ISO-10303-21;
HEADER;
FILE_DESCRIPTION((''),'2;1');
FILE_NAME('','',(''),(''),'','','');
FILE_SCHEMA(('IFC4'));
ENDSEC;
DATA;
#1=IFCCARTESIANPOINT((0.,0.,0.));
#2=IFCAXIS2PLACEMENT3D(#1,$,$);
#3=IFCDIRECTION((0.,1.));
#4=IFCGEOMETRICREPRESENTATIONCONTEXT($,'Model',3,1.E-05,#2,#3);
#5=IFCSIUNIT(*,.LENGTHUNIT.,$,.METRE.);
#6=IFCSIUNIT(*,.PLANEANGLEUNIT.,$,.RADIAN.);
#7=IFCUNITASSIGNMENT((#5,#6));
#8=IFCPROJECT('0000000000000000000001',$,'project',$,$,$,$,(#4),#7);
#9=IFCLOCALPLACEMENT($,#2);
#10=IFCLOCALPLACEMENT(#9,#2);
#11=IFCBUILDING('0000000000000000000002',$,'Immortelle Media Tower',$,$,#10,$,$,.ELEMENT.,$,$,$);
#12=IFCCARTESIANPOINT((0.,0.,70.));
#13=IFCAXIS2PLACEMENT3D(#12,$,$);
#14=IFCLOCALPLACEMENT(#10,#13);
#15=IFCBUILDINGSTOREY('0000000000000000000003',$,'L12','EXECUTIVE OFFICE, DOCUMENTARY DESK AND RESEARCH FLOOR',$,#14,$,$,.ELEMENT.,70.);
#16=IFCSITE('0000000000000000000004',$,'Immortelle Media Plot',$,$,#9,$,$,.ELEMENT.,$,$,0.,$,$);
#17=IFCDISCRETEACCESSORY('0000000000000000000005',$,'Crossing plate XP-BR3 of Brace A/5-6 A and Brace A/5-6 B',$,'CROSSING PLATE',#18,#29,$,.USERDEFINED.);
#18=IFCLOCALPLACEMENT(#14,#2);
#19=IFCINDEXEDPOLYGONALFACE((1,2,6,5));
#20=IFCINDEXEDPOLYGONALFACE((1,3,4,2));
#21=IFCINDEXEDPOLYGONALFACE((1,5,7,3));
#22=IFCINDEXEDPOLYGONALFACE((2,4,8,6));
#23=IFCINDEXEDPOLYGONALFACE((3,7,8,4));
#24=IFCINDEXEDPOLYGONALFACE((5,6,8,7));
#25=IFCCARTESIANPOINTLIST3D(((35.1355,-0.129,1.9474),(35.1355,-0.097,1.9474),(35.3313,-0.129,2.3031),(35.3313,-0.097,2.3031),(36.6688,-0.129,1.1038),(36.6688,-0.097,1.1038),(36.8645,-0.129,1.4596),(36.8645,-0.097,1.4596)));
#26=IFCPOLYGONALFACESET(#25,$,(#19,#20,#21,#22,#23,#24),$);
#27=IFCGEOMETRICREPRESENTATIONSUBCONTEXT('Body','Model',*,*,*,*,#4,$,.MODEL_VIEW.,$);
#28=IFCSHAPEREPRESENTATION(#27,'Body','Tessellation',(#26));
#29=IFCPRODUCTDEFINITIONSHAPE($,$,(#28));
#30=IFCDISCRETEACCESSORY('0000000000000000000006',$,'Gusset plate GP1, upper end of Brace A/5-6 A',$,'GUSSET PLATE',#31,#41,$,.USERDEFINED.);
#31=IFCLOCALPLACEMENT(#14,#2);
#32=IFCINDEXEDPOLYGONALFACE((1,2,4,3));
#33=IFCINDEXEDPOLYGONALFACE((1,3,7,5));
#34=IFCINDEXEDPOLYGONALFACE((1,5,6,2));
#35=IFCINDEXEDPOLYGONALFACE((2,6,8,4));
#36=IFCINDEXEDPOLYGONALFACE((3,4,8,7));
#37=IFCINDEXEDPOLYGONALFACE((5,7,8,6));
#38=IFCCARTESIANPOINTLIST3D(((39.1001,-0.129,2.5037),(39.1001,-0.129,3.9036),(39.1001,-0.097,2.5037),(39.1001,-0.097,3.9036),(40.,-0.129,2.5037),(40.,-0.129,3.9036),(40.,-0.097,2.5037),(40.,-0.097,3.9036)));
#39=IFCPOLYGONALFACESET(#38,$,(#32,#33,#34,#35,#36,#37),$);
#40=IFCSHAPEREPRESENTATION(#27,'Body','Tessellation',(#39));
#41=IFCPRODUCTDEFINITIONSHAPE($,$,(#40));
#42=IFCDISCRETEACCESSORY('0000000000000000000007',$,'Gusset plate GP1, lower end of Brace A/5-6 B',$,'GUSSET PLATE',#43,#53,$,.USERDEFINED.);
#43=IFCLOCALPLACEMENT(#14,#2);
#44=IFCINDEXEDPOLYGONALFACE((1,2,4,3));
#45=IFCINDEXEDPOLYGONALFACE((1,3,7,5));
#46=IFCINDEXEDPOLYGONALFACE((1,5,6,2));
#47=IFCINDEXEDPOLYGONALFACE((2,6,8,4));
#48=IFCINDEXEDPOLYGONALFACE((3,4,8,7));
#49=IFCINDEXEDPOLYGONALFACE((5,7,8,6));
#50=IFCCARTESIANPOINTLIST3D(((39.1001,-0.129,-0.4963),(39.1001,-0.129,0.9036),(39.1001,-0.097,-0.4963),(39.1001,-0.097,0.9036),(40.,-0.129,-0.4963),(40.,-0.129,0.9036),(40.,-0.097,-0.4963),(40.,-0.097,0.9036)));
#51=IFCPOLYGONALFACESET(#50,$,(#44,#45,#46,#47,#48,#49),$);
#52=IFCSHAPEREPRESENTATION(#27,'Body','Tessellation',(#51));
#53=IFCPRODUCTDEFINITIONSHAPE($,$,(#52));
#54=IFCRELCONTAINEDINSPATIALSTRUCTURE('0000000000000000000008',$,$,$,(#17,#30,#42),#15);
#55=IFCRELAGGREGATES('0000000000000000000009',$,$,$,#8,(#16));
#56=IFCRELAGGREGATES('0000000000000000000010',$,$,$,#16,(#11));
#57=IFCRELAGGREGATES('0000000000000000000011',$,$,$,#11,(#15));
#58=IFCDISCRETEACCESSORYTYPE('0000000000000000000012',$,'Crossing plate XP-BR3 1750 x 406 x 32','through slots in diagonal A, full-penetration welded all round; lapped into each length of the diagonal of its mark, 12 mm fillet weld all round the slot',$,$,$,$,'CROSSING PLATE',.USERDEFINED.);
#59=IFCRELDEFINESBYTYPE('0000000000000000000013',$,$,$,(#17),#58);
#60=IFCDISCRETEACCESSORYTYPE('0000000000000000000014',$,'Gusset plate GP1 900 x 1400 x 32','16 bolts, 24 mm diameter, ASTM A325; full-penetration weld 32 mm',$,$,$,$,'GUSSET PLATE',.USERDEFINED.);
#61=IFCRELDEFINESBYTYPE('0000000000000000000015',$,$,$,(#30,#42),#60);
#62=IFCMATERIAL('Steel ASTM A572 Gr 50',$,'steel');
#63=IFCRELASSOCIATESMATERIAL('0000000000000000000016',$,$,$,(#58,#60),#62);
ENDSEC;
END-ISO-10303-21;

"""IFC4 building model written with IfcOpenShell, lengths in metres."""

from ifc_helpers import new_model, si_unit, direction, frame, origin, origin_2d, place, context, subcontext, project, spatial, rectangle, extrude, material, material_profile, profile_set, type_object, element, save


model = new_model("IFC4")

# Units and contexts
model_context = context("Model", 3, precision=1e-05, world=origin(), true_north=direction((0.0, 1.0)))
body_context = subcontext(model_context, "Body", "Model", "MODEL_VIEW")
ifc_project = project(units=[si_unit("LENGTHUNIT", "METRE"), si_unit("PLANEANGLEUNIT", "RADIAN")], contexts=[model_context])

# Site, building, storey
site_placement = place(None, origin())
site = spatial("IfcSite", under=ifc_project, at=site_placement, Name="Immortelle Media Plot", CompositionType="ELEMENT", RefElevation=0.0)
building_placement = place(site_placement, origin())
building = spatial("IfcBuilding", under=site, at=building_placement, Name="Immortelle Media Tower", CompositionType="ELEMENT")
storey_placement = place(building_placement, frame((0.0, 0.0, 70.0)))
storey = spatial("IfcBuildingStorey", under=building, at=storey_placement, Name="L12", Description="EXECUTIVE OFFICE, DOCUMENTARY DESK AND RESEARCH FLOOR", CompositionType="ELEMENT", Elevation=70.0)

# Discrete accessories
ifc_material_1 = material(Name="Steel ASTM A572 Gr 50", Category="steel")
ifc_material_profile_1 = material_profile(ifc_material_1, rectangle(XDim=0.032, YDim=0.406, at=origin_2d()), Name="PL 32 x 406")
ifc_profile_set_1 = profile_set([ifc_material_profile_1], Name="Steel ASTM A572 Gr 50")
discrete_accessory_type_1 = type_object("IfcDiscreteAccessoryType", Name="Crossing plate XP-BR3 1750 x 406 x 32", Description="through slots in diagonal A, full-penetration welded all round; lapped into each length of the diagonal of its mark, 12 mm fillet weld all round the slot", ElementType="CROSSING PLATE", PredefinedType="USERDEFINED", material=ifc_profile_set_1)
discrete_accessory_placement = place(storey_placement, frame((35.2334, -0.113, 2.1252), z_axis=(0.876157, 0.0, -0.482026), x_axis=(0.0, 1.0, 0.0)))
element("IfcDiscreteAccessory", 1, at=discrete_accessory_placement, inside=storey, type_object=discrete_accessory_type_1, Name="Crossing plate XP-BR3 of Brace A/5-6 A and Brace A/5-6 B", ObjectType="CROSSING PLATE", PredefinedType="USERDEFINED", context=body_context, shape_type="SweptSolid", body=[
    extrude(rectangle(XDim=0.032, YDim=0.406, at=origin_2d()), origin(), (0.0, 0.0, 1.0), 1.75),
])
ifc_material_profile_2 = material_profile(ifc_material_1, rectangle(XDim=0.032, YDim=1.3999, at=origin_2d()), Name="PL 32 x 1400")
ifc_profile_set_2 = profile_set([ifc_material_profile_2], Name="Steel ASTM A572 Gr 50")
discrete_accessory_type_2 = type_object("IfcDiscreteAccessoryType", Name="Gusset plate GP1 900 x 1400 x 32", Description="16 bolts, 24 mm diameter, ASTM A325; full-penetration weld 32 mm", ElementType="GUSSET PLATE", PredefinedType="USERDEFINED", material=ifc_profile_set_2)
for number, where, z_axis, x_axis, name in (
    (2, (40.0, -0.113, 3.2036), (-1.0, 0.0, 0.0), (0.0, -1.0, 0.0), "Gusset plate GP1, upper end of Brace A/5-6 A"),
    (3, (40.0, -0.113, 0.2036), (-1.0, 0.0, 0.0), (0.0, -1.0, 0.0), "Gusset plate GP1, lower end of Brace A/5-6 B"),
):
    element("IfcDiscreteAccessory", number, at=place(storey_placement, frame(where, z_axis=z_axis, x_axis=x_axis)), inside=storey, type_object=discrete_accessory_type_2, Name=name, ObjectType="GUSSET PLATE", PredefinedType="USERDEFINED", context=body_context, shape_type="SweptSolid", body=[
        extrude(rectangle(XDim=0.032, YDim=1.3999, at=origin_2d()), origin(), (0.0, 0.0, 1.0), 0.8999),
    ])

save(model, "model.ifc")
